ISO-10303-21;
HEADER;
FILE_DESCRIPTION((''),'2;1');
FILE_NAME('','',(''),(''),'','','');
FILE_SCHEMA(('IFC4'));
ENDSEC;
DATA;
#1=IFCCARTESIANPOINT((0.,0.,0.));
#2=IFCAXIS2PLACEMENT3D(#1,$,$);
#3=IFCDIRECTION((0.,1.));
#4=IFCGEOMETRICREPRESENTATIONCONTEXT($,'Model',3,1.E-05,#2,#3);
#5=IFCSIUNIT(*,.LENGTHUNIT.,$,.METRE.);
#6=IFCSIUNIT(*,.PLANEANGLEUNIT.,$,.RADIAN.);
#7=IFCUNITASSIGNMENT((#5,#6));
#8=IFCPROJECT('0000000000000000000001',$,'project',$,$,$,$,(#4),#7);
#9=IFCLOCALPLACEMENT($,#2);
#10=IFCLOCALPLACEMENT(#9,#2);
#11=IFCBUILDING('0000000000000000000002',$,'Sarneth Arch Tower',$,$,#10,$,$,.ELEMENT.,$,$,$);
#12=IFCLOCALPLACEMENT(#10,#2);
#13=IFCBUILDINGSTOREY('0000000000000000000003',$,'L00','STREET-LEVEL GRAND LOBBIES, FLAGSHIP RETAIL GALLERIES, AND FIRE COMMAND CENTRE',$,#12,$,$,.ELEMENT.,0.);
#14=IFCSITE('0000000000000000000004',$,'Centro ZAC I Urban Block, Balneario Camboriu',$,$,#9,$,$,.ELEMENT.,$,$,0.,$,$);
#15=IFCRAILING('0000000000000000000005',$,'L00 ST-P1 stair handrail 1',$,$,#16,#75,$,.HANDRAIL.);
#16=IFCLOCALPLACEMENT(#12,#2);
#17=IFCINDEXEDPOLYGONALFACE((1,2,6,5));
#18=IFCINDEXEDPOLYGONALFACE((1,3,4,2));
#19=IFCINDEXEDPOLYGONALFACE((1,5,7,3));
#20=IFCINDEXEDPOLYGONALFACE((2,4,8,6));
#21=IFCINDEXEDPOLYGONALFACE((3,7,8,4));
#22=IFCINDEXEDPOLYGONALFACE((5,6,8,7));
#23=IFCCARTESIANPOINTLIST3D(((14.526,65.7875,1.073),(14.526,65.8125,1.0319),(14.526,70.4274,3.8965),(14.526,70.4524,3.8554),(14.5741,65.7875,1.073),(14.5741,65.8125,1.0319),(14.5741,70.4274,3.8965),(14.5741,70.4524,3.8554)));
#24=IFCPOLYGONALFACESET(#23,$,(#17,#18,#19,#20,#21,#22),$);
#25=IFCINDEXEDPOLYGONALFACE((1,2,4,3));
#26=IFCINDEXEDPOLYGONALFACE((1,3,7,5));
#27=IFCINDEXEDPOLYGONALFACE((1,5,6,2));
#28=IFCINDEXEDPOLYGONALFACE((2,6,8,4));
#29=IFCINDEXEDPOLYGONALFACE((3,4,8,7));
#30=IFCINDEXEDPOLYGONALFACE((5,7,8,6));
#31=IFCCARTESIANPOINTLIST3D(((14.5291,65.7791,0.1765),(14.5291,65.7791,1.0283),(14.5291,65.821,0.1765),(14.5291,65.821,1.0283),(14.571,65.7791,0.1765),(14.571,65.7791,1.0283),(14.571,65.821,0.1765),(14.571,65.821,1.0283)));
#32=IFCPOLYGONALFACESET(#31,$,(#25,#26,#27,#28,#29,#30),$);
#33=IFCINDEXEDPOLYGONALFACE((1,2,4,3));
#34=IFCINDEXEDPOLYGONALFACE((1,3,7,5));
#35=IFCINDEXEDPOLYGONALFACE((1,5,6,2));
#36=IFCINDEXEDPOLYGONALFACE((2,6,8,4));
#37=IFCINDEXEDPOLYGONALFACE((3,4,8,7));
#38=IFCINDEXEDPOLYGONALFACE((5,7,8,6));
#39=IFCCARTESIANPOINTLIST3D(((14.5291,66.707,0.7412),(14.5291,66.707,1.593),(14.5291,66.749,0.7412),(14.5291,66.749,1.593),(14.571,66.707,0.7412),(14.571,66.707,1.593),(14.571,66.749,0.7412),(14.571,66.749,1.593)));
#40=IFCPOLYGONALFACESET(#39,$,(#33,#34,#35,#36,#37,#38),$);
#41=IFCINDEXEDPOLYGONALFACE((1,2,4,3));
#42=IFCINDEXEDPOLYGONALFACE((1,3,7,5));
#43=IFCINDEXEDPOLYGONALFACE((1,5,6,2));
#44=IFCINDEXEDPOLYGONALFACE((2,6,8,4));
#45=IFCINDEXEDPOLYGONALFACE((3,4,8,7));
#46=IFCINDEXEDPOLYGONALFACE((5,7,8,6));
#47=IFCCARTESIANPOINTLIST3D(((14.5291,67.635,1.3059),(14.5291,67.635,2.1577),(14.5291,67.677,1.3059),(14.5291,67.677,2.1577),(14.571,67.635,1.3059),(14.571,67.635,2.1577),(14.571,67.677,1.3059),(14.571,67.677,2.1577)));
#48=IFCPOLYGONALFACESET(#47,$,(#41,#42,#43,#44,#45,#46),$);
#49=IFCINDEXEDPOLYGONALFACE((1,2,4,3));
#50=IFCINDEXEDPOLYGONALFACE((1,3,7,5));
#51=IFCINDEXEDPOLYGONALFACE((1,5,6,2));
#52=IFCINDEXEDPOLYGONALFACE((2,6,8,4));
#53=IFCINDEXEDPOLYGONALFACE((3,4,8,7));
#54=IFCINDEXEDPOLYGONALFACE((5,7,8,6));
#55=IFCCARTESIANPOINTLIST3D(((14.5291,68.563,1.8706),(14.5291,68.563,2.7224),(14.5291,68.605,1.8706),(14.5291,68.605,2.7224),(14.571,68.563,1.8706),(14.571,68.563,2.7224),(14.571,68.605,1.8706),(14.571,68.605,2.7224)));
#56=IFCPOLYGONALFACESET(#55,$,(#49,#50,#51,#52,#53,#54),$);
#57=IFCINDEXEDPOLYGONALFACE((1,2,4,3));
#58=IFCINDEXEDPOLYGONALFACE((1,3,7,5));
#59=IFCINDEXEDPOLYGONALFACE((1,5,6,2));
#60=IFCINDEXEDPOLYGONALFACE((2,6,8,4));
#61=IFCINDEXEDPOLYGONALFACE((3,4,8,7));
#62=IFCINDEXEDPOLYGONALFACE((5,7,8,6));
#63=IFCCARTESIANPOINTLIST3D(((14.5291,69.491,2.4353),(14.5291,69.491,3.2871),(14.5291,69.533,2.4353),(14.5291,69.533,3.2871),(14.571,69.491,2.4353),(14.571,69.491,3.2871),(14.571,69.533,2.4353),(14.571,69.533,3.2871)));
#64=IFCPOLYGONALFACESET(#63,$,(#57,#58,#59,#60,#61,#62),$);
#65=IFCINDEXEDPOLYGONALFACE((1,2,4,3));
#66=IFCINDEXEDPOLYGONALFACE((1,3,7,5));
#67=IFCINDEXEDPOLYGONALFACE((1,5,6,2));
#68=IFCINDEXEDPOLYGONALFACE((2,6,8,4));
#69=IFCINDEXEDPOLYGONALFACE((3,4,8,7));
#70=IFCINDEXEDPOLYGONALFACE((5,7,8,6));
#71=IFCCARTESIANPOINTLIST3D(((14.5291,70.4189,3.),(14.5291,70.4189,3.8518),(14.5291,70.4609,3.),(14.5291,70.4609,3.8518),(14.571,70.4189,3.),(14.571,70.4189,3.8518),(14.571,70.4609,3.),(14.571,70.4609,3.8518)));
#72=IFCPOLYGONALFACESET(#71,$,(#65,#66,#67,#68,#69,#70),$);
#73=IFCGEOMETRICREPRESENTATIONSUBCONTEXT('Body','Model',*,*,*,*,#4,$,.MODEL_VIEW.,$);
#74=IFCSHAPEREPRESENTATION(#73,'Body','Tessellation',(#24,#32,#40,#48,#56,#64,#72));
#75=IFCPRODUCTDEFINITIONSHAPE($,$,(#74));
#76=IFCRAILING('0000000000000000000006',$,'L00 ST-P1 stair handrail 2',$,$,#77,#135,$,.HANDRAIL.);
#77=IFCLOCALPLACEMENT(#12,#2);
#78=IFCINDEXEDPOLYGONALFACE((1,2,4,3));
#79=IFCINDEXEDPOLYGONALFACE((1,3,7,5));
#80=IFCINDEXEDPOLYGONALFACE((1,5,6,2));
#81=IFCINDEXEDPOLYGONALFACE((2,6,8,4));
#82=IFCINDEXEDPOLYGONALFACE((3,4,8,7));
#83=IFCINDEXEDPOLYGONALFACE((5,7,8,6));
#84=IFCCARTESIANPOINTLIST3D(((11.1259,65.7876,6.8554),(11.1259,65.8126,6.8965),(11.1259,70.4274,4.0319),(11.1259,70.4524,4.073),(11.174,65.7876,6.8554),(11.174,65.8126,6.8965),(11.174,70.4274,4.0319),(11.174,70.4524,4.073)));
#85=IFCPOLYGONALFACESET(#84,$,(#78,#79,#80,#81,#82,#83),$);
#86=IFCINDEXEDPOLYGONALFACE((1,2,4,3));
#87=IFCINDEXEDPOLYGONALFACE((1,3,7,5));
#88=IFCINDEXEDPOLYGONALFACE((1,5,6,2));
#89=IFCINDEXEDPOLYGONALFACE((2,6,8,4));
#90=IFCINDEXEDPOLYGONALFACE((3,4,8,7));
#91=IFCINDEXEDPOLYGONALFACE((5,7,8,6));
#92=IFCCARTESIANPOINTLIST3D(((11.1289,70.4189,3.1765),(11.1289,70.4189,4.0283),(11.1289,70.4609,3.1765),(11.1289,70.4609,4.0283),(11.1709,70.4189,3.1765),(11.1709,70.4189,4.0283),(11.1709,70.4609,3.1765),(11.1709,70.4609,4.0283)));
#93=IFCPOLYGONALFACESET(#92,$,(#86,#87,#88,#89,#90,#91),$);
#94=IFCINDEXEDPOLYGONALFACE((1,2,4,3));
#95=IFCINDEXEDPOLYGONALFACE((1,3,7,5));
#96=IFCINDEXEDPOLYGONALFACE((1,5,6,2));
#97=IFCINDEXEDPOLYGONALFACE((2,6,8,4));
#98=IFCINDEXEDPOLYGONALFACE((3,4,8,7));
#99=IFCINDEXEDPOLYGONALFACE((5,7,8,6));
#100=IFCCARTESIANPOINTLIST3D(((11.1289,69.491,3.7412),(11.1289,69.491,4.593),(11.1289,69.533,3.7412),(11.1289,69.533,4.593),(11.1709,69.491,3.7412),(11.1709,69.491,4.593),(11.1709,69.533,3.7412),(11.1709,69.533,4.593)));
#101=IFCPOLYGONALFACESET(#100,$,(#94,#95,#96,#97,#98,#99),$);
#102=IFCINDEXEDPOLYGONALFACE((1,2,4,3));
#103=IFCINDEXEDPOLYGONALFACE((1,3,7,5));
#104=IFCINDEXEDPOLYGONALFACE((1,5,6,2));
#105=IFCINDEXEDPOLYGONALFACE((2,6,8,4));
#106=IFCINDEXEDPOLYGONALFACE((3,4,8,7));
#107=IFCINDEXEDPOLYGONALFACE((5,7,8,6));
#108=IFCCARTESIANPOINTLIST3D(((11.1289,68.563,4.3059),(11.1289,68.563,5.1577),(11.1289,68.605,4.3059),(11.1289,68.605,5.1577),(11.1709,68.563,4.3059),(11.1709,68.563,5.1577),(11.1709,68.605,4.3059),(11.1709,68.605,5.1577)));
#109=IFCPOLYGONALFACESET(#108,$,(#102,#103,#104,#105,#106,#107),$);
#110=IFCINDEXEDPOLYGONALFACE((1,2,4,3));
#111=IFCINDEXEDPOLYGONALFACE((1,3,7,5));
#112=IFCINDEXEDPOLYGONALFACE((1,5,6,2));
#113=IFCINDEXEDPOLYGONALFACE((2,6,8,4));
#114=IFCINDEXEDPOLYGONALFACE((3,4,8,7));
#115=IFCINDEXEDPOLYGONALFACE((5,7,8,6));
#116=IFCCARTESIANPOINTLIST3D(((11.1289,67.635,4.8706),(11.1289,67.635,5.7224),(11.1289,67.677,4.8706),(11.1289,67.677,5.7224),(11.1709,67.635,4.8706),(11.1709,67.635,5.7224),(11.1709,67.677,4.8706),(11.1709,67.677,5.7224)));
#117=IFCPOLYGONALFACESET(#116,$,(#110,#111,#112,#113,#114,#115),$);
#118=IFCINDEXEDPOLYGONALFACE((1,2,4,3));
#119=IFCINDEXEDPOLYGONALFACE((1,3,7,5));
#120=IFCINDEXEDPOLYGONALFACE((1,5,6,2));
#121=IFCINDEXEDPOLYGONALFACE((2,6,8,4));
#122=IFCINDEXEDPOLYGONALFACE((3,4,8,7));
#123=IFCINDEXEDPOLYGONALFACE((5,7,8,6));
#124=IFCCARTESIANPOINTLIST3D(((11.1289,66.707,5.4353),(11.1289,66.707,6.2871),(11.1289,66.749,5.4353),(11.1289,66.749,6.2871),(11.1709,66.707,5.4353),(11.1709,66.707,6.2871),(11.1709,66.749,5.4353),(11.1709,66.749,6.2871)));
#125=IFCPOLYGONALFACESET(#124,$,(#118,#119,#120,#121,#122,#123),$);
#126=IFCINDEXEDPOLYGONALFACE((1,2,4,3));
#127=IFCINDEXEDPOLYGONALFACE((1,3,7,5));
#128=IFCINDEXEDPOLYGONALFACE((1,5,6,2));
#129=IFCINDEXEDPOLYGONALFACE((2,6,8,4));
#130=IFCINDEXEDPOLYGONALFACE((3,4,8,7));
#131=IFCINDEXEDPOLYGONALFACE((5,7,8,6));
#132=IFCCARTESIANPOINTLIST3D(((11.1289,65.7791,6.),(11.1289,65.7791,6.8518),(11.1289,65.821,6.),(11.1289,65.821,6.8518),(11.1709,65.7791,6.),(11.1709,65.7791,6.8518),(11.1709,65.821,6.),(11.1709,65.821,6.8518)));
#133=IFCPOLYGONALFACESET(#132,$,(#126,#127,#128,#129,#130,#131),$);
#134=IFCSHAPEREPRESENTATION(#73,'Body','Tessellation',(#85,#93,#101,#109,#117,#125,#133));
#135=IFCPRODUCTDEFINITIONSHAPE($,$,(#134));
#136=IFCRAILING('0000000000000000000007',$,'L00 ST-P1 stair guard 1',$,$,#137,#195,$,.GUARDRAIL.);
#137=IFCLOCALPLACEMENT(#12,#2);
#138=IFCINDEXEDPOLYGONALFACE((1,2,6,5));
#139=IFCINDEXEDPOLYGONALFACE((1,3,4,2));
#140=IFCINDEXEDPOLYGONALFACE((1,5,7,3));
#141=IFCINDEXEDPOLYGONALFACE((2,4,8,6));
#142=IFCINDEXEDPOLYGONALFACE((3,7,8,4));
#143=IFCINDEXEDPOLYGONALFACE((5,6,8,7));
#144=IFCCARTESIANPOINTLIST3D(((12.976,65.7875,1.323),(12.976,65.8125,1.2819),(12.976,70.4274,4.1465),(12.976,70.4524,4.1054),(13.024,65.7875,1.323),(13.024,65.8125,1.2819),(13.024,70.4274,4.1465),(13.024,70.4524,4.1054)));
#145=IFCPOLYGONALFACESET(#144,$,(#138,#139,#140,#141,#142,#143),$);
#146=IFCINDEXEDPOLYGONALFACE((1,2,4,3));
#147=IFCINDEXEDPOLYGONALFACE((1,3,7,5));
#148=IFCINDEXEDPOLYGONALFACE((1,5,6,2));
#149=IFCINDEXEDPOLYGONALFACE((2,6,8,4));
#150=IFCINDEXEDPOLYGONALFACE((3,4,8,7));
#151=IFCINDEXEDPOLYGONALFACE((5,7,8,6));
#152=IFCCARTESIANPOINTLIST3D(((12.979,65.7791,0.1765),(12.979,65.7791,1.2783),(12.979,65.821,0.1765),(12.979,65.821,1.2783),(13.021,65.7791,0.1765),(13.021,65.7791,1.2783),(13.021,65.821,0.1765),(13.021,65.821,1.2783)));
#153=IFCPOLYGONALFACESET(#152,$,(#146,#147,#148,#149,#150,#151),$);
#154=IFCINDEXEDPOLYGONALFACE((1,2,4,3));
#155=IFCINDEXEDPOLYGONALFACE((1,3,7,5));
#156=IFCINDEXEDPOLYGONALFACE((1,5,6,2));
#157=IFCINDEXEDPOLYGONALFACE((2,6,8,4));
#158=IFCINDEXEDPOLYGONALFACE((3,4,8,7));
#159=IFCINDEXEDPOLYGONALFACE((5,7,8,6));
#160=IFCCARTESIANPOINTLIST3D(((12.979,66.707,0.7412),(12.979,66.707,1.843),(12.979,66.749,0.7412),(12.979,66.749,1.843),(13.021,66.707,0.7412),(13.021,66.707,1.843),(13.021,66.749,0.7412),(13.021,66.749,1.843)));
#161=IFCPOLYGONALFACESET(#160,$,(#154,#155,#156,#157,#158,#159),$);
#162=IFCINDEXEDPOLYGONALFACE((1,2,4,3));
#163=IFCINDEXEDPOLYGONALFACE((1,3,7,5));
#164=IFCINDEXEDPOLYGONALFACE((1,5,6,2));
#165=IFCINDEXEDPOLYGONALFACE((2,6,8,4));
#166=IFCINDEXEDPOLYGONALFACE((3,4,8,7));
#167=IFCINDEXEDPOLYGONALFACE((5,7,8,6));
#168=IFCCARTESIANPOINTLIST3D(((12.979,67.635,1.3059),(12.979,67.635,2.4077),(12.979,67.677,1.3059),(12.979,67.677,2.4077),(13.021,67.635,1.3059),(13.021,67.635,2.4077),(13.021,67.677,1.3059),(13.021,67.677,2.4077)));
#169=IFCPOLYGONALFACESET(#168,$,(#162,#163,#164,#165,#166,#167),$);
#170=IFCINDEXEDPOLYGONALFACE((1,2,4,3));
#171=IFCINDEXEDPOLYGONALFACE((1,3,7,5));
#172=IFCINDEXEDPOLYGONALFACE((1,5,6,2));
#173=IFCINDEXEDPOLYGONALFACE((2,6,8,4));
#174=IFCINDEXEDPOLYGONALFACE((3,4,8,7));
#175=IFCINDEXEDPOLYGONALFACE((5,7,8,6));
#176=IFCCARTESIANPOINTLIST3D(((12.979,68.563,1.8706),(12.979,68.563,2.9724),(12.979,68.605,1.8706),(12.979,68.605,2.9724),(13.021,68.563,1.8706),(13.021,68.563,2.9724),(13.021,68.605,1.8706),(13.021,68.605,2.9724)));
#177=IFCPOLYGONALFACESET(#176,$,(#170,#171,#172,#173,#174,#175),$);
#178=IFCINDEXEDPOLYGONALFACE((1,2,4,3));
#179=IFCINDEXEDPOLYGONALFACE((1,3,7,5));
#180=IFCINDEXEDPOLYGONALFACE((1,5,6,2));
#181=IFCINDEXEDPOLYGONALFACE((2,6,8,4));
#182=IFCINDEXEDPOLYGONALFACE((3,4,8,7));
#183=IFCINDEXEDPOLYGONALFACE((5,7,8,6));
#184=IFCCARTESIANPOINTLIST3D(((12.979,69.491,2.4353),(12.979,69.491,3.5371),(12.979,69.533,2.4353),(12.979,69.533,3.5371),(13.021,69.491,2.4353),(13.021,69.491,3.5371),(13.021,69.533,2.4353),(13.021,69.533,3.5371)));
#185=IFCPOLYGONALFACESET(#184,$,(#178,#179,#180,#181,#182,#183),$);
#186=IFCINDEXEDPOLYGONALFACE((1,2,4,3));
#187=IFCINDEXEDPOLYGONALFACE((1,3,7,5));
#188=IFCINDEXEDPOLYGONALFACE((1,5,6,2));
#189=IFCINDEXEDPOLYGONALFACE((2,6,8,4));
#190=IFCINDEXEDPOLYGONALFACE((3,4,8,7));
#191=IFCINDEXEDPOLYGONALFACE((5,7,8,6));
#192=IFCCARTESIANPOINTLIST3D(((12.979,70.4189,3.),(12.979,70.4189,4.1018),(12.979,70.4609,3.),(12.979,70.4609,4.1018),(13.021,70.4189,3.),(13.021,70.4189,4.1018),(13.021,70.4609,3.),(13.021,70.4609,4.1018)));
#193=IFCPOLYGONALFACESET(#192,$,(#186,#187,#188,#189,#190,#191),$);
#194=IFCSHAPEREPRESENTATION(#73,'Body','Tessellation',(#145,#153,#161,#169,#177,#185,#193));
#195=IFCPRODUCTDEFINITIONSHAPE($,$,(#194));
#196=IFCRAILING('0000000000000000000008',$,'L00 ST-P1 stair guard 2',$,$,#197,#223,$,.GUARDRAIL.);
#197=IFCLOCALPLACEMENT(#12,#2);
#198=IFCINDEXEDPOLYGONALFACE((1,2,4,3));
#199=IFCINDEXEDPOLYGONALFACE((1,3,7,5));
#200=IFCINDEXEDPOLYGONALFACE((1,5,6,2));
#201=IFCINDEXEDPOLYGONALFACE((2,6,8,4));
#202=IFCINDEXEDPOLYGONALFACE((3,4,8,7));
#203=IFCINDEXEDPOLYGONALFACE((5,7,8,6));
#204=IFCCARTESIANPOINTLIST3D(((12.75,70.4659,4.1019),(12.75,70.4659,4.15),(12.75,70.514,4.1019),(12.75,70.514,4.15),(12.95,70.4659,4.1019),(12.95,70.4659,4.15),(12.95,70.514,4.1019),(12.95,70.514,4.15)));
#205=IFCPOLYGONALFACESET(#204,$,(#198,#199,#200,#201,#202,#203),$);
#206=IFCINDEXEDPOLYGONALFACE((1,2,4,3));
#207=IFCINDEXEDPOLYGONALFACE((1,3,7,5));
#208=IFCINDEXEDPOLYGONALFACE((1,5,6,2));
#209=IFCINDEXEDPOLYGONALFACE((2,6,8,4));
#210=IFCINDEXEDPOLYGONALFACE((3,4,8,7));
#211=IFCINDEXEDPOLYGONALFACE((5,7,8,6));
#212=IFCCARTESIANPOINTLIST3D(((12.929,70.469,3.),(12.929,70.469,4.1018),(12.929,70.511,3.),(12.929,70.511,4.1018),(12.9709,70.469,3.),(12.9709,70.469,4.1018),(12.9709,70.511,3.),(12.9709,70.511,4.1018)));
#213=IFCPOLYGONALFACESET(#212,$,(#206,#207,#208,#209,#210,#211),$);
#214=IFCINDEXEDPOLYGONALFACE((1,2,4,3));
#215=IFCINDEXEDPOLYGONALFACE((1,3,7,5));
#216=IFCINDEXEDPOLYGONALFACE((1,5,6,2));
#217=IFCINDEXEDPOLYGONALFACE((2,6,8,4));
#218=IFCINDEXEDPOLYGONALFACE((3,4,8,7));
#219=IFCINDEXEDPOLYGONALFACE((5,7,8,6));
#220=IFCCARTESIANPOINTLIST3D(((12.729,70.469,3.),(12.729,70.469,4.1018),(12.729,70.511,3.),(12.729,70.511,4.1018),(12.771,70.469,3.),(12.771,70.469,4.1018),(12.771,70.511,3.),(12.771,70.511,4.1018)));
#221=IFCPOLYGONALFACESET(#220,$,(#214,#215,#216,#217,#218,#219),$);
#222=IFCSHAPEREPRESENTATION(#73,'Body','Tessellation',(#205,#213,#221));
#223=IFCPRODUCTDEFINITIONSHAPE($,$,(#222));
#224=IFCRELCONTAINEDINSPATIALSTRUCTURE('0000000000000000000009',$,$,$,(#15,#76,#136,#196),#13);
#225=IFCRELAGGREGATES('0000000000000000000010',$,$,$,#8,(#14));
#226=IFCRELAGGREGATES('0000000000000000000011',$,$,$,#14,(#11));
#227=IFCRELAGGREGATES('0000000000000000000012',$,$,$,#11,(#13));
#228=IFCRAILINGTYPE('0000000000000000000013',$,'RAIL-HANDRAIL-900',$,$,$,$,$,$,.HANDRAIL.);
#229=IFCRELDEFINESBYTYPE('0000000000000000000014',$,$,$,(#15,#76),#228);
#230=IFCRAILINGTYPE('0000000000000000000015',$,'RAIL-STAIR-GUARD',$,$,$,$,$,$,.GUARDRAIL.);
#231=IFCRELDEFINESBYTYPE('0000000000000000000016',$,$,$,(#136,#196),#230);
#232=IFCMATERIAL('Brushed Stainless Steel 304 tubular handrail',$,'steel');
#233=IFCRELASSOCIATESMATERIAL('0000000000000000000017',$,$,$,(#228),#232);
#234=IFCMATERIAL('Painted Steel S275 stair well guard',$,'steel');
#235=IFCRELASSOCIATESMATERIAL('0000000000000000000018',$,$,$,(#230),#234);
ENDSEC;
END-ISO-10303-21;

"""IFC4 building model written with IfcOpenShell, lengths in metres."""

from ifc_helpers import new_model, si_unit, direction, frame, origin, origin_2d, place, context, subcontext, project, spatial, rectangle, extrude, material, type_object, element, save


model = new_model("IFC4")

# Units and contexts
model_context = context("Model", 3, precision=1e-05, world=origin(), true_north=direction((0.0, 1.0)))
body_context = subcontext(model_context, "Body", "Model", "MODEL_VIEW")
ifc_project = project(units=[si_unit("LENGTHUNIT", "METRE"), si_unit("PLANEANGLEUNIT", "RADIAN")], contexts=[model_context])

# Site, building, storey
site_placement = place(None, origin())
site = spatial("IfcSite", under=ifc_project, at=site_placement, Name="Centro ZAC I Urban Block, Balneario Camboriu", CompositionType="ELEMENT", RefElevation=0.0)
building_placement = place(site_placement, origin())
building = spatial("IfcBuilding", under=site, at=building_placement, Name="Sarneth Arch Tower", CompositionType="ELEMENT")
storey_placement = place(building_placement, origin())
storey = spatial("IfcBuildingStorey", under=building, at=storey_placement, Name="L00", Description="STREET-LEVEL GRAND LOBBIES, FLAGSHIP RETAIL GALLERIES, AND FIRE COMMAND CENTRE", CompositionType="ELEMENT", Elevation=0.0)

# Railings
ifc_material_1 = material(Name="Brushed Stainless Steel 304 tubular handrail", Category="steel")
railing_type_1 = type_object("IfcRailingType", Name="RAIL-HANDRAIL-900", PredefinedType="HANDRAIL", material=ifc_material_1)
railing_1_placement = place(storey_placement, frame((14.55, 65.8, 0.1765)))
element("IfcRailing", 1, at=railing_1_placement, inside=storey, type_object=railing_type_1, Name="L00 ST-P1 stair handrail 1", PredefinedType="HANDRAIL", context=body_context, shape_type="SweptSolid", body=[
    extrude(rectangle(XDim=0.0481, YDim=0.0481, at=origin_2d()), frame((0.0, 0.0, 0.876), z_axis=(0.0, 0.854264, 0.51984), x_axis=(-1.0, 0.0, 0.0)), (0.0, 0.0, 1.0), 5.4314),
    extrude(rectangle(XDim=0.042, YDim=0.042, at=origin_2d()), origin(), (0.0, 0.0, 1.0), 0.8518),
    extrude(rectangle(XDim=0.042, YDim=0.042, at=origin_2d()), frame((0.0, 0.928, 0.5647)), (0.0, 0.0, 1.0), 0.8518),
    extrude(rectangle(XDim=0.042, YDim=0.042, at=origin_2d()), frame((0.0, 1.856, 1.1294)), (0.0, 0.0, 1.0), 0.8518),
    extrude(rectangle(XDim=0.042, YDim=0.042, at=origin_2d()), frame((0.0, 2.7839, 1.6941)), (0.0, 0.0, 1.0), 0.8518),
    extrude(rectangle(XDim=0.042, YDim=0.042, at=origin_2d()), frame((0.0, 3.7119, 2.2588)), (0.0, 0.0, 1.0), 0.8518),
    extrude(rectangle(XDim=0.042, YDim=0.042, at=origin_2d()), frame((0.0, 4.6399, 2.8235)), (0.0, 0.0, 1.0), 0.8518),
])
railing_2_placement = place(storey_placement, frame((11.1499, 70.4399, 3.1765)))
element("IfcRailing", 2, at=railing_2_placement, inside=storey, type_object=railing_type_1, Name="L00 ST-P1 stair handrail 2", PredefinedType="HANDRAIL", context=body_context, shape_type="SweptSolid", body=[
    extrude(rectangle(XDim=0.0481, YDim=0.0481, at=origin_2d()), frame((0.0, 0.0, 0.876), z_axis=(0.0, -0.854264, 0.51984), x_axis=(1.0, 0.0, 0.0)), (0.0, 0.0, 1.0), 5.4314),
    extrude(rectangle(XDim=0.042, YDim=0.042, at=origin_2d()), origin(), (0.0, 0.0, 1.0), 0.8518),
    extrude(rectangle(XDim=0.042, YDim=0.042, at=origin_2d()), frame((0.0, -0.928, 0.5647)), (0.0, 0.0, 1.0), 0.8518),
    extrude(rectangle(XDim=0.042, YDim=0.042, at=origin_2d()), frame((0.0, -1.856, 1.1294)), (0.0, 0.0, 1.0), 0.8518),
    extrude(rectangle(XDim=0.042, YDim=0.042, at=origin_2d()), frame((0.0, -2.7839, 1.6941)), (0.0, 0.0, 1.0), 0.8518),
    extrude(rectangle(XDim=0.042, YDim=0.042, at=origin_2d()), frame((0.0, -3.7119, 2.2588)), (0.0, 0.0, 1.0), 0.8518),
    extrude(rectangle(XDim=0.042, YDim=0.042, at=origin_2d()), frame((0.0, -4.6399, 2.8235)), (0.0, 0.0, 1.0), 0.8518),
])
ifc_material_2 = material(Name="Painted Steel S275 stair well guard", Category="steel")
railing_type_2 = type_object("IfcRailingType", Name="RAIL-STAIR-GUARD", PredefinedType="GUARDRAIL", material=ifc_material_2)
railing_3_placement = place(storey_placement, frame((13.0, 65.8, 0.1765)))
element("IfcRailing", 3, at=railing_3_placement, inside=storey, type_object=railing_type_2, Name="L00 ST-P1 stair guard 1", PredefinedType="GUARDRAIL", context=body_context, shape_type="SweptSolid", body=[
    extrude(rectangle(XDim=0.0481, YDim=0.0481, at=origin_2d()), frame((0.0, 0.0, 1.126), z_axis=(0.0, 0.854264, 0.51984), x_axis=(-1.0, 0.0, 0.0)), (0.0, 0.0, 1.0), 5.4314),
    extrude(rectangle(XDim=0.042, YDim=0.042, at=origin_2d()), origin(), (0.0, 0.0, 1.0), 1.1018),
    extrude(rectangle(XDim=0.042, YDim=0.042, at=origin_2d()), frame((0.0, 0.928, 0.5647)), (0.0, 0.0, 1.0), 1.1018),
    extrude(rectangle(XDim=0.042, YDim=0.042, at=origin_2d()), frame((0.0, 1.856, 1.1294)), (0.0, 0.0, 1.0), 1.1018),
    extrude(rectangle(XDim=0.042, YDim=0.042, at=origin_2d()), frame((0.0, 2.7839, 1.6941)), (0.0, 0.0, 1.0), 1.1018),
    extrude(rectangle(XDim=0.042, YDim=0.042, at=origin_2d()), frame((0.0, 3.7119, 2.2588)), (0.0, 0.0, 1.0), 1.1018),
    extrude(rectangle(XDim=0.042, YDim=0.042, at=origin_2d()), frame((0.0, 4.6399, 2.8235)), (0.0, 0.0, 1.0), 1.1018),
])
railing_4_placement = place(storey_placement, frame((12.95, 70.49, 3.0)))
element("IfcRailing", 4, at=railing_4_placement, inside=storey, type_object=railing_type_2, Name="L00 ST-P1 stair guard 2", PredefinedType="GUARDRAIL", context=body_context, shape_type="SweptSolid", body=[
    extrude(rectangle(XDim=0.0481, YDim=0.0481, at=origin_2d()), frame((0.0, 0.0, 1.126), z_axis=(-1.0, 0.0, 0.0), x_axis=(0.0, -1.0, 0.0)), (0.0, 0.0, 1.0), 0.2),
    extrude(rectangle(XDim=0.042, YDim=0.042, at=origin_2d()), origin(), (0.0, 0.0, 1.0), 1.1018),
    extrude(rectangle(XDim=0.042, YDim=0.042, at=origin_2d()), frame((-0.2, 0.0, 0.0)), (0.0, 0.0, 1.0), 1.1018),
])

save(model, "model.ifc")
